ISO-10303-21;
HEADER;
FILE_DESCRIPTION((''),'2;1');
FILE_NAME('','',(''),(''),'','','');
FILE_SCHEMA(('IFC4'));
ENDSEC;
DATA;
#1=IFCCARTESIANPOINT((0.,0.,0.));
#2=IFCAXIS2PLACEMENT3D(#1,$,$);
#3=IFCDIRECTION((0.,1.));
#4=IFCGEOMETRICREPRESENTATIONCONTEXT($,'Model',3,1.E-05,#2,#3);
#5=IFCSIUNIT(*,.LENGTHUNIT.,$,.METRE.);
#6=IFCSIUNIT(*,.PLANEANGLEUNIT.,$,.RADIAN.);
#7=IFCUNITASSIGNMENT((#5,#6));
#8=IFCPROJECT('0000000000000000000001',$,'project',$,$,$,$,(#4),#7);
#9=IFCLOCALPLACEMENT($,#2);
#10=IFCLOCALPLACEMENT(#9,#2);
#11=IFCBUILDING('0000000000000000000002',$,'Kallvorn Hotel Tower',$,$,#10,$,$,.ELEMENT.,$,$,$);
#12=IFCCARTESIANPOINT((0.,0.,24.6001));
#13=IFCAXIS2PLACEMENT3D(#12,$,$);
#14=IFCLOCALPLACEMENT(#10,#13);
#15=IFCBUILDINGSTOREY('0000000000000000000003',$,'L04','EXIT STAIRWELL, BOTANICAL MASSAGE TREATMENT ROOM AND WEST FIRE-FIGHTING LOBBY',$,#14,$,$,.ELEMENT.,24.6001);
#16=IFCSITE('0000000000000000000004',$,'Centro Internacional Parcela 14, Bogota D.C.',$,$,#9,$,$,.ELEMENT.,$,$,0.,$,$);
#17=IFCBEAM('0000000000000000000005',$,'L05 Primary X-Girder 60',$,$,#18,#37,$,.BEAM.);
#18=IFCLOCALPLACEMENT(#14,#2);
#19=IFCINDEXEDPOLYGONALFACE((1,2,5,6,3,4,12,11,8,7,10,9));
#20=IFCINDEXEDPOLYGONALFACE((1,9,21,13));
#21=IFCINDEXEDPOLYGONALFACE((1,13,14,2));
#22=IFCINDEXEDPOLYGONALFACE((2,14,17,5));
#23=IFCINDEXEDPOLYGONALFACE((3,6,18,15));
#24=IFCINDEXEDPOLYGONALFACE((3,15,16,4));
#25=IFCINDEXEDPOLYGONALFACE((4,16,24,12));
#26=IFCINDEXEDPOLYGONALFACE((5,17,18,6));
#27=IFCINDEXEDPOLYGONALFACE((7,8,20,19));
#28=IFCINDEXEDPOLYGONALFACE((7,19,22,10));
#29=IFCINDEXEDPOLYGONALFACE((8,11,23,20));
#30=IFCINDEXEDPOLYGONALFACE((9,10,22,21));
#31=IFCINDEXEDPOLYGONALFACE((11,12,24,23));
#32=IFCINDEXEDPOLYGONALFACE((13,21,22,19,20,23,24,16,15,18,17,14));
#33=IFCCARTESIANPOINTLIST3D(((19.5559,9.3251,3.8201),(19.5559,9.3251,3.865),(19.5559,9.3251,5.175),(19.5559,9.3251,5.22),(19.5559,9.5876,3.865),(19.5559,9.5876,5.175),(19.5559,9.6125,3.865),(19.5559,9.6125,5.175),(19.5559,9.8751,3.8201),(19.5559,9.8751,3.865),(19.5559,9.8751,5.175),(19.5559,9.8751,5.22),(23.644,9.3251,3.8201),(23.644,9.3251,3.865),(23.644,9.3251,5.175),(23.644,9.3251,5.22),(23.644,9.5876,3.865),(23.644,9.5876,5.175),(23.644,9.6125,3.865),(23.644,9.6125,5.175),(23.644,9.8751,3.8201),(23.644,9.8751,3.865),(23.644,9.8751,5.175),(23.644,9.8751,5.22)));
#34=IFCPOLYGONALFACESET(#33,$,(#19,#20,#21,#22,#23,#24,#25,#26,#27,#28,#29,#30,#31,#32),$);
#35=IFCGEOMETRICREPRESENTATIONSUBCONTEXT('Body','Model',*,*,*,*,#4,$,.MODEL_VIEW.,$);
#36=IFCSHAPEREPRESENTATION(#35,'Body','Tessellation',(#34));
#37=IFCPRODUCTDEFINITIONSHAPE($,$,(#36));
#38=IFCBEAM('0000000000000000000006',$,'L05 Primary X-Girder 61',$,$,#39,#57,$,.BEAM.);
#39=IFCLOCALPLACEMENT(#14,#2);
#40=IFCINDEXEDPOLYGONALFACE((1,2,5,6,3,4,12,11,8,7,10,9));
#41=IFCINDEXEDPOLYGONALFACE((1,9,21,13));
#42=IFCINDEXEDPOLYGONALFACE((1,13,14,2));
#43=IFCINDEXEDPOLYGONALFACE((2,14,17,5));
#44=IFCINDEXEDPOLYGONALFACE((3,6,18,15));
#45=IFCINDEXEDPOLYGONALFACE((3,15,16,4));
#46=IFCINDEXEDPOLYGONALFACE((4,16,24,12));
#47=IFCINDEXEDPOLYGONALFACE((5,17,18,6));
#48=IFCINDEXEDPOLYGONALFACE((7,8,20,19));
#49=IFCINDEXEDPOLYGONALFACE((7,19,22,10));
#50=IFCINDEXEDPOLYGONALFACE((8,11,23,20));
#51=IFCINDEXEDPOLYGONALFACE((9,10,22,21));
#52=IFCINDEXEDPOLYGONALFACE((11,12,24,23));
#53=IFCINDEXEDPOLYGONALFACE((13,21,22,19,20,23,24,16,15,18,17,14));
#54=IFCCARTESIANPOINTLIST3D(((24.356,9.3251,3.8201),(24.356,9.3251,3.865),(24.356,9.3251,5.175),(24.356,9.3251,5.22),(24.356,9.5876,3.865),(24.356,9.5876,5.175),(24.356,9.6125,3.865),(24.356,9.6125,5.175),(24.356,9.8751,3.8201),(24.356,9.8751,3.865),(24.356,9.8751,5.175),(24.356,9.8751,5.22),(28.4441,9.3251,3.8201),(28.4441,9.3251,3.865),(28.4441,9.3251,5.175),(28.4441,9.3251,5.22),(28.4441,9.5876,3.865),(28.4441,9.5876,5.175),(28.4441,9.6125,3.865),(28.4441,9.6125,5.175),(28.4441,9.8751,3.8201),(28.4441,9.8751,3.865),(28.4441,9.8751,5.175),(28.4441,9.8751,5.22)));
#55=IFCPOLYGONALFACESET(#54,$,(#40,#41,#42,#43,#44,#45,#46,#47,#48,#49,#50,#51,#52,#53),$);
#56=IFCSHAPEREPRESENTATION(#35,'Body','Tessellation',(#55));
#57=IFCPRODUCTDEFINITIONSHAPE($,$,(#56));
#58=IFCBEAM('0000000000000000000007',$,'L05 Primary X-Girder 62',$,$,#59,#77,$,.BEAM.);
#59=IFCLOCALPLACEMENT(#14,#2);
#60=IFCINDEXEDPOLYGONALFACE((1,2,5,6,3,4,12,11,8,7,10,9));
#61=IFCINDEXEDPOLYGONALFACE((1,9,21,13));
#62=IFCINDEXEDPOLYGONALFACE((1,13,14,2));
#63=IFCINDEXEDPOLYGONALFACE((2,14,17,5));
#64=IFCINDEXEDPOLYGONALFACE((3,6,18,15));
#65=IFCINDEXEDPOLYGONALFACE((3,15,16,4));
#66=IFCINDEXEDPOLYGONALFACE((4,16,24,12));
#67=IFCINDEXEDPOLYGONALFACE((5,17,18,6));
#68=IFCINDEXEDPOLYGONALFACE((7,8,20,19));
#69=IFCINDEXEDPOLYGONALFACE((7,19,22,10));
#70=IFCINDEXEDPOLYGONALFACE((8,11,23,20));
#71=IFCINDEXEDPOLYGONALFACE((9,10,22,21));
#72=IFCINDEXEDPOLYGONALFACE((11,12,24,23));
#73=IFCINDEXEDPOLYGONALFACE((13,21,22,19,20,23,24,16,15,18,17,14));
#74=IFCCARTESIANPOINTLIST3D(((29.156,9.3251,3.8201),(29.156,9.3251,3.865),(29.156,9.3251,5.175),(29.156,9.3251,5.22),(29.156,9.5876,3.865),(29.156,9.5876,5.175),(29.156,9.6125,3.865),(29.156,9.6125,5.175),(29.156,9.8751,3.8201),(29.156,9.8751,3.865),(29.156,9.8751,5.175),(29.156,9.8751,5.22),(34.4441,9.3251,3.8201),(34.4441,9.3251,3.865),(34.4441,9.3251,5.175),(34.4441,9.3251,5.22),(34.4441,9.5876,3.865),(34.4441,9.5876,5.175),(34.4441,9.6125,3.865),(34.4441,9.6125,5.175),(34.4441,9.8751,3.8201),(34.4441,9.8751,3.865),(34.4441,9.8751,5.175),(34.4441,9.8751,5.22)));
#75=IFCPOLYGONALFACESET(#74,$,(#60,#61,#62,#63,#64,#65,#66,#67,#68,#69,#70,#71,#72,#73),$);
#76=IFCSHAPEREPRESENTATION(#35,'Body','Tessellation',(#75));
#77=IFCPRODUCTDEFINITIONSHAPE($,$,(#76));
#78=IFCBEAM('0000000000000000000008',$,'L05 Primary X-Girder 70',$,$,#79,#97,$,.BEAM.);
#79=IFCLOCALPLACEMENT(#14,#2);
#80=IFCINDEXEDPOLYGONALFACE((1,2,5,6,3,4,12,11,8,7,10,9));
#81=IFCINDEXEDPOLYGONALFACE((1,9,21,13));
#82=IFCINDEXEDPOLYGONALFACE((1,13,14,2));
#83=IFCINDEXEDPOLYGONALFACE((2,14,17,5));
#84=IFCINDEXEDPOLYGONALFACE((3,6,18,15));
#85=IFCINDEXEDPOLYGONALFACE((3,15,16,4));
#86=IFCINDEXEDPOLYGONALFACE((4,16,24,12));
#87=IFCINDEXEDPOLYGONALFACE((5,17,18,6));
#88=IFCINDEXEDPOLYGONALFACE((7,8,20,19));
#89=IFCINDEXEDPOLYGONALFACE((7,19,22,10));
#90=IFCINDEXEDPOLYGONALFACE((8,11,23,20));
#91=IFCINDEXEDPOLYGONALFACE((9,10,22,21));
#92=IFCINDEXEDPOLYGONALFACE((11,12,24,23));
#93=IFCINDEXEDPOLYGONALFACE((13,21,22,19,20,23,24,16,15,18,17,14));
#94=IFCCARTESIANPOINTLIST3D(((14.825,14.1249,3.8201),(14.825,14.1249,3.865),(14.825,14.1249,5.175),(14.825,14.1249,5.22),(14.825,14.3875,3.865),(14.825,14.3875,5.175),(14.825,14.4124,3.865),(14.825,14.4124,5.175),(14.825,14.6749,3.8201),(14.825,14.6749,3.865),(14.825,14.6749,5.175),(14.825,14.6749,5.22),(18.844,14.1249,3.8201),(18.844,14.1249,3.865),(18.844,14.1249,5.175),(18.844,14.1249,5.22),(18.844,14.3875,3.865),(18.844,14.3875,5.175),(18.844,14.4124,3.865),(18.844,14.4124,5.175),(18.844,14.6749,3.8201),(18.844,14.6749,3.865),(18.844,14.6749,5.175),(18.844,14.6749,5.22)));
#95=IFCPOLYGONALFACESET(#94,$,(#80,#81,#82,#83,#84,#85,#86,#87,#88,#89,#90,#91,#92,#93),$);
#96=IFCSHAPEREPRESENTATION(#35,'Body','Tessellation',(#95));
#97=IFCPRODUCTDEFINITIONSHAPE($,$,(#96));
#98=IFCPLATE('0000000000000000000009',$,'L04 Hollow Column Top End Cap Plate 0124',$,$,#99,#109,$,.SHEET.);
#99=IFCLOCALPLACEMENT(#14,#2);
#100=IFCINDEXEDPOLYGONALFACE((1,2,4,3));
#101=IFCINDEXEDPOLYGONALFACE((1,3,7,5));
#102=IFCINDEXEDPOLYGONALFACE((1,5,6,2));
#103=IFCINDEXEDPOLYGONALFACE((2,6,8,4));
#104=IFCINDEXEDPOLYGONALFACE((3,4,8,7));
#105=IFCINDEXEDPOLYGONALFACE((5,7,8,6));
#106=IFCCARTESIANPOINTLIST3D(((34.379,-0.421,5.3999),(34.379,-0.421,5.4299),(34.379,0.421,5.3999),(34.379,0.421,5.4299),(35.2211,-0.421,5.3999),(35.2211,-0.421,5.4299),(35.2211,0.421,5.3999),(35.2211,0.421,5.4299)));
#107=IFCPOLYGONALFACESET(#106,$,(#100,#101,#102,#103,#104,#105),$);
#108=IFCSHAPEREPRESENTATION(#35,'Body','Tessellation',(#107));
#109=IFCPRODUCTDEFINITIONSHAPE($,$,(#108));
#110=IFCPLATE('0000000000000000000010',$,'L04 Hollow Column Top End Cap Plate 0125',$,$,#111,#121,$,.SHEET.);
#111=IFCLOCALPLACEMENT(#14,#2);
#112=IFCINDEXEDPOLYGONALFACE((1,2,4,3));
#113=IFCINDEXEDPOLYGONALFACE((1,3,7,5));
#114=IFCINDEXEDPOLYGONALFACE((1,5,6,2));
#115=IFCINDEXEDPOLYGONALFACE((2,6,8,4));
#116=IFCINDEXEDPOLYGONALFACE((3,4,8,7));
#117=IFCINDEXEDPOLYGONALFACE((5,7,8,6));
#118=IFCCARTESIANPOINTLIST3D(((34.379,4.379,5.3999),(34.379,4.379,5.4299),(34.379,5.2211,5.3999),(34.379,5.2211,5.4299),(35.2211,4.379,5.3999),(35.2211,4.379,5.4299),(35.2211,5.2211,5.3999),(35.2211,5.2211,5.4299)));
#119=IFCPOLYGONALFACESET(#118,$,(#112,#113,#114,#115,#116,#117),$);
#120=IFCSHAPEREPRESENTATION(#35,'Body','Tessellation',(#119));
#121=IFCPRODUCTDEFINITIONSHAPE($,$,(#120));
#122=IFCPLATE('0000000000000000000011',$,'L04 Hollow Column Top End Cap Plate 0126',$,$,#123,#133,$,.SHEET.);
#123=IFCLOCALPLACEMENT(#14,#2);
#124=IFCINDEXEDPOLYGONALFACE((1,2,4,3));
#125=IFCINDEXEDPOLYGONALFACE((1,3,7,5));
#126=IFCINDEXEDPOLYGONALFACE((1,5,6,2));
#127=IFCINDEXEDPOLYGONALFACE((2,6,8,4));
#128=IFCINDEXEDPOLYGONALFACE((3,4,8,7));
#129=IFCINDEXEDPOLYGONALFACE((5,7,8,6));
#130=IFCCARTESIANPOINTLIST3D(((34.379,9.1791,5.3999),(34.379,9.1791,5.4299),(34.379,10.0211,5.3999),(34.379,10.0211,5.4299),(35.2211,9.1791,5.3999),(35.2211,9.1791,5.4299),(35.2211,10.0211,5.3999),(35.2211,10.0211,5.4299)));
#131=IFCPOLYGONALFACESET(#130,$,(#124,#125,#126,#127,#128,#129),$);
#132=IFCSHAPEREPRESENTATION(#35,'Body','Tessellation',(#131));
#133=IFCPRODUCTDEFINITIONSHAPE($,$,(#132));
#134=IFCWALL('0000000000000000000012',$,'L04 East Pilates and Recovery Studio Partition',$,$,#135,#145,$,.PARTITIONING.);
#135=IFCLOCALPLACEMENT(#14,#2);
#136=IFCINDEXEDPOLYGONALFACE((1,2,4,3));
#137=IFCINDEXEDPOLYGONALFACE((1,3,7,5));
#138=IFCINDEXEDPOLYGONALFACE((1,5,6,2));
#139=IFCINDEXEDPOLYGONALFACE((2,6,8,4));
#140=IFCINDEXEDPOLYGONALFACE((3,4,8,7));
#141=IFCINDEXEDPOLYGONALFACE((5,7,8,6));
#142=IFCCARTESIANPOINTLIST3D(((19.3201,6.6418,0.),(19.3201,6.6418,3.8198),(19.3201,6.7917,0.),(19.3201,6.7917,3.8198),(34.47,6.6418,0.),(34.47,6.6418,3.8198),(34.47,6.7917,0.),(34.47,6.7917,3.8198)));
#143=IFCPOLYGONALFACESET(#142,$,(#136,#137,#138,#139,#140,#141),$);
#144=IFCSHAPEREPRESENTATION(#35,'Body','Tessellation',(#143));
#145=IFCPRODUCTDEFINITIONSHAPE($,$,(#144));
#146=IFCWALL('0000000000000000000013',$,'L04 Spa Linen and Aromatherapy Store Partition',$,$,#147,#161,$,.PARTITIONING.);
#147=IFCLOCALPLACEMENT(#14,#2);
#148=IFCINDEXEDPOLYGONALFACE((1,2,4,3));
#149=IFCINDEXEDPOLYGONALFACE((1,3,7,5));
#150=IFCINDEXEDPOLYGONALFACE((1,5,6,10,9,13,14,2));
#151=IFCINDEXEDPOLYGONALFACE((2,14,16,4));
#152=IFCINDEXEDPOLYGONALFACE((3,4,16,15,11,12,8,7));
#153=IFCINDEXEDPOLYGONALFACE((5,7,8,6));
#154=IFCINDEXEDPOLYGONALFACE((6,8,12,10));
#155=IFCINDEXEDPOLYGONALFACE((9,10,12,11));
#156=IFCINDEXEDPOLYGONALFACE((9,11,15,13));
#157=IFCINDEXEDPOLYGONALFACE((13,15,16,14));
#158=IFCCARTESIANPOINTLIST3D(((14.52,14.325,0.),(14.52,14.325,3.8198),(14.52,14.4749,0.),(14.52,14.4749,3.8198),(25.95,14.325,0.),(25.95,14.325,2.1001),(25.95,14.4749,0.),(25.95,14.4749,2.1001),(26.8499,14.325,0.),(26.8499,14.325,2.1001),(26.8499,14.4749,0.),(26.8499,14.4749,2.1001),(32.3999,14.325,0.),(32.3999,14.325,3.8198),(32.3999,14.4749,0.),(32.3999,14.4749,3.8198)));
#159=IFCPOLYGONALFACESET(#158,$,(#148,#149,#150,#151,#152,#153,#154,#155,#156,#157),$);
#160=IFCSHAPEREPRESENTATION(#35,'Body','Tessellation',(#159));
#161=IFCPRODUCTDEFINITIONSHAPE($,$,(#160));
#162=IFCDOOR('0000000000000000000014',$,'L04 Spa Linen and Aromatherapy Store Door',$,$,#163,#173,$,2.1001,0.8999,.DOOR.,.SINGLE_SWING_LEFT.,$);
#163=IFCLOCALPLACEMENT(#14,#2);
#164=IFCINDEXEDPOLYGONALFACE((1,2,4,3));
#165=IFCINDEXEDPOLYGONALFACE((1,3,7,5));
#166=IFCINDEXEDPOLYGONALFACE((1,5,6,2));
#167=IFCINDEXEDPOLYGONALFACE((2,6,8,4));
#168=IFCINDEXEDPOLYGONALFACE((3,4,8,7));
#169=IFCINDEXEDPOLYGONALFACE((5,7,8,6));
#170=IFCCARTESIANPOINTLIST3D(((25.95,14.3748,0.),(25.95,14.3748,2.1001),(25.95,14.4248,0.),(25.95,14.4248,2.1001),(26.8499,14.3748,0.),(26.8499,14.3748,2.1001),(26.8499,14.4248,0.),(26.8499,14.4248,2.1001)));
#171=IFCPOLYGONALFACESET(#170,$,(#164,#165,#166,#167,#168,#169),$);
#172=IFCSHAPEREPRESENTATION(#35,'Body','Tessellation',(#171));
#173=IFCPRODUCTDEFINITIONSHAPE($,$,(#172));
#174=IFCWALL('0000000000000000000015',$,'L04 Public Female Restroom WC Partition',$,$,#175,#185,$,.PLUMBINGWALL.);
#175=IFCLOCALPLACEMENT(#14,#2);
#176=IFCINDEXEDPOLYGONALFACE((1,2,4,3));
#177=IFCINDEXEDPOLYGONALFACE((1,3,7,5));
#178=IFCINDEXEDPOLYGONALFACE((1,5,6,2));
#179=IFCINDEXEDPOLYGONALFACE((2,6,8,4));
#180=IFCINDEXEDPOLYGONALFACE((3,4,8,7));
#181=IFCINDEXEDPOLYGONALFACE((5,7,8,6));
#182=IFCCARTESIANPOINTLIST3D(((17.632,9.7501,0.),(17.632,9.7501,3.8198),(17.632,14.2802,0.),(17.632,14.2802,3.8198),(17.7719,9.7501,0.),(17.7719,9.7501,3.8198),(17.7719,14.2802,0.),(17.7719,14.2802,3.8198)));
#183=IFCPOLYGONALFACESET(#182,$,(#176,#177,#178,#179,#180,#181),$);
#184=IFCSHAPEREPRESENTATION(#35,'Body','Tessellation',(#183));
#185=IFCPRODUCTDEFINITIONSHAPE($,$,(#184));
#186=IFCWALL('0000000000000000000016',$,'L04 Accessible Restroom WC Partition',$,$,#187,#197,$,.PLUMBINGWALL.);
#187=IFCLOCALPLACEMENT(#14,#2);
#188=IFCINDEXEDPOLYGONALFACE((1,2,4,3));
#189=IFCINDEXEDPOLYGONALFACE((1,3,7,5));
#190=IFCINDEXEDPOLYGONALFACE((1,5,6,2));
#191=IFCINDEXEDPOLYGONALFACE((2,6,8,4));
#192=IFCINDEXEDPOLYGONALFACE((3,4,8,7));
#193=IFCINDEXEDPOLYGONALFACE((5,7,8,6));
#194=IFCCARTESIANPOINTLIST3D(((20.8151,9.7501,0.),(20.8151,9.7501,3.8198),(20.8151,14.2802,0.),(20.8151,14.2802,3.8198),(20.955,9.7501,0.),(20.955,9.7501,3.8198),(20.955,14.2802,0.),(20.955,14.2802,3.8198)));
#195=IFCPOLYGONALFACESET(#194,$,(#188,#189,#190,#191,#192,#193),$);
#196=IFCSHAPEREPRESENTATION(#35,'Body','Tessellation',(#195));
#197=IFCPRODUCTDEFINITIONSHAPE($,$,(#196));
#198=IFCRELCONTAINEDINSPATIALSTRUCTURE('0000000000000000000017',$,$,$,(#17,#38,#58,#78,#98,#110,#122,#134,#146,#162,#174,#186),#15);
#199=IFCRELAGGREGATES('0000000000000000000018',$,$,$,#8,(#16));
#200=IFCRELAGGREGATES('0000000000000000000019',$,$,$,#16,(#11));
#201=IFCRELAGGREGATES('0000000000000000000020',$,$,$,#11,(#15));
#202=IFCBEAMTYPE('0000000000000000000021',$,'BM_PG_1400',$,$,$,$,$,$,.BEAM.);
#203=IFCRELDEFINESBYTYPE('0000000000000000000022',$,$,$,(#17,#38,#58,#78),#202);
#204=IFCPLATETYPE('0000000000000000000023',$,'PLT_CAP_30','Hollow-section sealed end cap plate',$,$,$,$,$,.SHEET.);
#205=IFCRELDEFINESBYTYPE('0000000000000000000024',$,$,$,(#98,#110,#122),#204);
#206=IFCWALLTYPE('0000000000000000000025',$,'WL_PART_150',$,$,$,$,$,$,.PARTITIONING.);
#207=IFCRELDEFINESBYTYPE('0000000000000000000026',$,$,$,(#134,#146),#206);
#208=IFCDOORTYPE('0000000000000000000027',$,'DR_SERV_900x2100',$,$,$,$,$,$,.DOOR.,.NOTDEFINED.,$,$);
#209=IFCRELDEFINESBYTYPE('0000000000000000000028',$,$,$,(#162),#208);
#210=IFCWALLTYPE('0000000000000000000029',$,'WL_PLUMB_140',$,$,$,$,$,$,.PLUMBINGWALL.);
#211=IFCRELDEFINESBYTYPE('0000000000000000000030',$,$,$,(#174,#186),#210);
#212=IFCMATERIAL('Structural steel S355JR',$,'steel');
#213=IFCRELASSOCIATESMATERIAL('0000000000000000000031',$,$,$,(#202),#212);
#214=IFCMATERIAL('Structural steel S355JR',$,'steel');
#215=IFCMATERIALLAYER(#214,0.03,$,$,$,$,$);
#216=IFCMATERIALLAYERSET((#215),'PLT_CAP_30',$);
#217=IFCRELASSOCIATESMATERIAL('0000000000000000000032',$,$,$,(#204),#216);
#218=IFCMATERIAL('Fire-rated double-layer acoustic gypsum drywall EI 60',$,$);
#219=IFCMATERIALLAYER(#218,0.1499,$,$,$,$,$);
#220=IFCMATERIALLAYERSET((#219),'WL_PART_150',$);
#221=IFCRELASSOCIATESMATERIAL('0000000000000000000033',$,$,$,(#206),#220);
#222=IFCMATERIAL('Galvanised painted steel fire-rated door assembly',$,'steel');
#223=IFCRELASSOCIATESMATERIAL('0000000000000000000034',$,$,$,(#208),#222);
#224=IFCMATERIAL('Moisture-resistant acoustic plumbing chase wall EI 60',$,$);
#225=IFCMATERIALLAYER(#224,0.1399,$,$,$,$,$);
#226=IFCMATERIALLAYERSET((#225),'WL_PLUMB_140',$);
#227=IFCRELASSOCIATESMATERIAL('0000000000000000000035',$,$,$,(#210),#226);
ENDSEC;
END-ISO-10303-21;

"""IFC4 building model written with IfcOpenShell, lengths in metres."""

from ifc_helpers import new_model, si_unit, direction, frame, frame_2d, origin, origin_2d, place, context, subcontext, project, spatial, rectangle, i_section, extrude, material, layer, layer_set, material_profile, profile_set, type_object, element, fill, save


model = new_model("IFC4")

# Units and contexts
model_context = context("Model", 3, precision=1e-05, world=origin(), true_north=direction((0.0, 1.0)))
body_context = subcontext(model_context, "Body", "Model", "MODEL_VIEW")
ifc_project = project(units=[si_unit("LENGTHUNIT", "METRE"), si_unit("PLANEANGLEUNIT", "RADIAN")], contexts=[model_context])

# Site, building, storey
site_placement = place(None, origin())
site = spatial("IfcSite", under=ifc_project, at=site_placement, Name="Centro Internacional Parcela 14, Bogota D.C.", CompositionType="ELEMENT", RefElevation=0.0)
building_placement = place(site_placement, origin())
building = spatial("IfcBuilding", under=site, at=building_placement, Name="Kallvorn Hotel Tower", CompositionType="ELEMENT")
storey_placement = place(building_placement, frame((0.0, 0.0, 24.6001)))
storey = spatial("IfcBuildingStorey", under=building, at=storey_placement, Name="L04", Description="EXIT STAIRWELL, BOTANICAL MASSAGE TREATMENT ROOM AND WEST FIRE-FIGHTING LOBBY", CompositionType="ELEMENT", Elevation=24.6001)

# Beams
ifc_material_1 = material(Name="Structural steel S355JR", Category="steel")
ifc_material_profile_1 = material_profile(ifc_material_1, i_section(OverallWidth=0.55, OverallDepth=1.3999, WebThickness=0.0249, FlangeThickness=0.0449, at=origin_2d()), Name="PG 1400x550x25x45")
ifc_profile_set_1 = profile_set([ifc_material_profile_1], Name="Structural steel S355JR")
beam_type_1 = type_object("IfcBeamType", Name="BM_PG_1400", PredefinedType="BEAM", material=ifc_profile_set_1)
for number, where, z_axis, x_axis, name in (
    (1, (19.5559, 9.6001, 4.52), (1.0, 0.0, 0.0), (0.0, 1.0, 0.0), "L05 Primary X-Girder 60"),
    (2, (24.356, 9.6001, 4.52), (1.0, 0.0, 0.0), (0.0, 1.0, 0.0), "L05 Primary X-Girder 61"),
):
    element("IfcBeam", number, at=place(storey_placement, frame(where, z_axis=z_axis, x_axis=x_axis)), inside=storey, type_object=beam_type_1, Name=name, PredefinedType="BEAM", context=body_context, shape_type="SweptSolid", body=[
        extrude(i_section(OverallWidth=0.55, OverallDepth=1.3999, WebThickness=0.0249, FlangeThickness=0.0449, at=origin_2d()), origin(), (0.0, 0.0, 1.0), 4.0881),
    ])
beam_1_placement = place(storey_placement, frame((29.156, 9.6001, 4.52), z_axis=(1.0, 0.0, 0.0), x_axis=(0.0, 1.0, 0.0)))
element("IfcBeam", 3, at=beam_1_placement, inside=storey, type_object=beam_type_1, Name="L05 Primary X-Girder 62", PredefinedType="BEAM", context=body_context, shape_type="SweptSolid", body=[
    extrude(i_section(OverallWidth=0.55, OverallDepth=1.3999, WebThickness=0.0249, FlangeThickness=0.0449, at=origin_2d()), origin(), (0.0, 0.0, 1.0), 5.2881),
])
beam_2_placement = place(storey_placement, frame((14.825, 14.3999, 4.52), z_axis=(1.0, 0.0, 0.0), x_axis=(0.0, 1.0, 0.0)))
element("IfcBeam", 4, at=beam_2_placement, inside=storey, type_object=beam_type_1, Name="L05 Primary X-Girder 70", PredefinedType="BEAM", context=body_context, shape_type="SweptSolid", body=[
    extrude(i_section(OverallWidth=0.55, OverallDepth=1.3999, WebThickness=0.0249, FlangeThickness=0.0449, at=origin_2d()), origin(), (0.0, 0.0, 1.0), 4.019),
])

# Plates
ifc_material_2 = material(Name="Structural steel S355JR", Category="steel")
ifc_layer_1 = layer(ifc_material_2, 0.03)
ifc_layer_set_1 = layer_set([ifc_layer_1], Name="PLT_CAP_30")
plate_type = type_object("IfcPlateType", Name="PLT_CAP_30", Description="Hollow-section sealed end cap plate", PredefinedType="SHEET", material=ifc_layer_set_1)
for number, where, z_axis, x_axis, name in (
    (5, (34.8, 0.0, 5.3999), (0.0, 0.0, 1.0), (1.0, 0.0, 0.0), "L04 Hollow Column Top End Cap Plate 0124"),
    (6, (34.8, 4.8, 5.3999), (0.0, 0.0, 1.0), (1.0, 0.0, 0.0), "L04 Hollow Column Top End Cap Plate 0125"),
    (7, (34.8, 9.6001, 5.3999), (0.0, 0.0, 1.0), (1.0, 0.0, 0.0), "L04 Hollow Column Top End Cap Plate 0126"),
):
    element("IfcPlate", number, at=place(storey_placement, frame(where, z_axis=z_axis, x_axis=x_axis)), inside=storey, type_object=plate_type, Name=name, PredefinedType="SHEET", context=body_context, shape_type="SweptSolid", body=[
        extrude(rectangle(XDim=0.842, YDim=0.842, at=origin_2d()), origin(), (0.0, 0.0, 1.0), 0.03),
    ])

# Wall
ifc_material_3 = material(Name="Fire-rated double-layer acoustic gypsum drywall EI 60")
ifc_layer_2 = layer(ifc_material_3, 0.1499)
ifc_layer_set_2 = layer_set([ifc_layer_2], Name="WL_PART_150")
wall_type_1 = type_object("IfcWallType", Name="WL_PART_150", PredefinedType="PARTITIONING", material=ifc_layer_set_2)
wall_1_placement = place(storey_placement, frame((19.3201, 6.7168, 0.0), z_axis=(0.0, 0.0, 1.0), x_axis=(1.0, 0.0, 0.0)))
element("IfcWall", 8, at=wall_1_placement, inside=storey, type_object=wall_type_1, Name="L04 East Pilates and Recovery Studio Partition", PredefinedType="PARTITIONING", context=body_context, shape_type="SweptSolid", body=[
    extrude(rectangle(XDim=15.1499, YDim=0.1499, at=frame_2d((7.575, 0.0))), origin(), (0.0, 0.0, 1.0), 3.8198),
])

# Wall, opening, door
wall_2_placement = place(storey_placement, frame((14.52, 14.3999, 0.0), z_axis=(0.0, 0.0, 1.0), x_axis=(1.0, 0.0, 0.0)))
wall_2 = element("IfcWall", 9, at=wall_2_placement, inside=storey, type_object=wall_type_1, Name="L04 Spa Linen and Aromatherapy Store Partition", PredefinedType="PARTITIONING", context=body_context, shape_type="SweptSolid", body=[
    extrude(rectangle(XDim=17.8799, YDim=0.1499, at=frame_2d((8.9399, 0.0))), origin(), (0.0, 0.0, 1.0), 3.8198),
])
opening_placement = place(wall_2_placement, frame((11.4299, 0.0, 0.0)))
opening = element("IfcOpeningElement", 10, at=opening_placement, cuts=wall_2, PredefinedType="OPENING", context=body_context, shape_type="SweptSolid", body=[
    extrude(rectangle(XDim=0.8999, YDim=2.1001, at=frame_2d((0.45, 1.05))), frame((0.0, 0.0898, 0.0), z_axis=(0.0, -1.0, 0.0), x_axis=(1.0, 0.0, 0.0)), (0.0, 0.0, 1.0), 0.1799),
])
ifc_material_4 = material(Name="Galvanised painted steel fire-rated door assembly", Category="steel")
door_type = type_object("IfcDoorType", Name="DR_SERV_900x2100", OperationType="NOTDEFINED", PredefinedType="DOOR", material=ifc_material_4)
door_placement = place(opening_placement, origin())
door = element("IfcDoor", 11, at=door_placement, inside=storey, type_object=door_type, Name="L04 Spa Linen and Aromatherapy Store Door", OperationType="SINGLE_SWING_LEFT", OverallHeight=2.1001, OverallWidth=0.8999, PredefinedType="DOOR", context=body_context, shape_type="SweptSolid", body=[
    extrude(rectangle(XDim=0.8999, YDim=2.1001, at=frame_2d((0.45, 1.05))), frame((0.0, 0.0249, 0.0), z_axis=(0.0, -1.0, 0.0), x_axis=(1.0, 0.0, 0.0)), (0.0, 0.0, 1.0), 0.05),
])
fill(opening, door)

# Walls
ifc_material_5 = material(Name="Moisture-resistant acoustic plumbing chase wall EI 60")
ifc_layer_3 = layer(ifc_material_5, 0.1399)
ifc_layer_set_3 = layer_set([ifc_layer_3], Name="WL_PLUMB_140")
wall_type_2 = type_object("IfcWallType", Name="WL_PLUMB_140", PredefinedType="PLUMBINGWALL", material=ifc_layer_set_3)
for number, where, z_axis, x_axis, name in (
    (12, (17.7019, 9.75, 0.0), (0.0, 0.0, 1.0), (0.0, 1.0, 0.0), "L04 Public Female Restroom WC Partition"),
    (13, (20.885, 9.75, 0.0), (0.0, 0.0, 1.0), (0.0, 1.0, 0.0), "L04 Accessible Restroom WC Partition"),
):
    element("IfcWall", number, at=place(storey_placement, frame(where, z_axis=z_axis, x_axis=x_axis)), inside=storey, type_object=wall_type_2, Name=name, PredefinedType="PLUMBINGWALL", context=body_context, shape_type="SweptSolid", body=[
        extrude(rectangle(XDim=4.53, YDim=0.1399, at=frame_2d((2.2651, 0.0))), origin(), (0.0, 0.0, 1.0), 3.8198),
    ])

save(model, "model.ifc")
